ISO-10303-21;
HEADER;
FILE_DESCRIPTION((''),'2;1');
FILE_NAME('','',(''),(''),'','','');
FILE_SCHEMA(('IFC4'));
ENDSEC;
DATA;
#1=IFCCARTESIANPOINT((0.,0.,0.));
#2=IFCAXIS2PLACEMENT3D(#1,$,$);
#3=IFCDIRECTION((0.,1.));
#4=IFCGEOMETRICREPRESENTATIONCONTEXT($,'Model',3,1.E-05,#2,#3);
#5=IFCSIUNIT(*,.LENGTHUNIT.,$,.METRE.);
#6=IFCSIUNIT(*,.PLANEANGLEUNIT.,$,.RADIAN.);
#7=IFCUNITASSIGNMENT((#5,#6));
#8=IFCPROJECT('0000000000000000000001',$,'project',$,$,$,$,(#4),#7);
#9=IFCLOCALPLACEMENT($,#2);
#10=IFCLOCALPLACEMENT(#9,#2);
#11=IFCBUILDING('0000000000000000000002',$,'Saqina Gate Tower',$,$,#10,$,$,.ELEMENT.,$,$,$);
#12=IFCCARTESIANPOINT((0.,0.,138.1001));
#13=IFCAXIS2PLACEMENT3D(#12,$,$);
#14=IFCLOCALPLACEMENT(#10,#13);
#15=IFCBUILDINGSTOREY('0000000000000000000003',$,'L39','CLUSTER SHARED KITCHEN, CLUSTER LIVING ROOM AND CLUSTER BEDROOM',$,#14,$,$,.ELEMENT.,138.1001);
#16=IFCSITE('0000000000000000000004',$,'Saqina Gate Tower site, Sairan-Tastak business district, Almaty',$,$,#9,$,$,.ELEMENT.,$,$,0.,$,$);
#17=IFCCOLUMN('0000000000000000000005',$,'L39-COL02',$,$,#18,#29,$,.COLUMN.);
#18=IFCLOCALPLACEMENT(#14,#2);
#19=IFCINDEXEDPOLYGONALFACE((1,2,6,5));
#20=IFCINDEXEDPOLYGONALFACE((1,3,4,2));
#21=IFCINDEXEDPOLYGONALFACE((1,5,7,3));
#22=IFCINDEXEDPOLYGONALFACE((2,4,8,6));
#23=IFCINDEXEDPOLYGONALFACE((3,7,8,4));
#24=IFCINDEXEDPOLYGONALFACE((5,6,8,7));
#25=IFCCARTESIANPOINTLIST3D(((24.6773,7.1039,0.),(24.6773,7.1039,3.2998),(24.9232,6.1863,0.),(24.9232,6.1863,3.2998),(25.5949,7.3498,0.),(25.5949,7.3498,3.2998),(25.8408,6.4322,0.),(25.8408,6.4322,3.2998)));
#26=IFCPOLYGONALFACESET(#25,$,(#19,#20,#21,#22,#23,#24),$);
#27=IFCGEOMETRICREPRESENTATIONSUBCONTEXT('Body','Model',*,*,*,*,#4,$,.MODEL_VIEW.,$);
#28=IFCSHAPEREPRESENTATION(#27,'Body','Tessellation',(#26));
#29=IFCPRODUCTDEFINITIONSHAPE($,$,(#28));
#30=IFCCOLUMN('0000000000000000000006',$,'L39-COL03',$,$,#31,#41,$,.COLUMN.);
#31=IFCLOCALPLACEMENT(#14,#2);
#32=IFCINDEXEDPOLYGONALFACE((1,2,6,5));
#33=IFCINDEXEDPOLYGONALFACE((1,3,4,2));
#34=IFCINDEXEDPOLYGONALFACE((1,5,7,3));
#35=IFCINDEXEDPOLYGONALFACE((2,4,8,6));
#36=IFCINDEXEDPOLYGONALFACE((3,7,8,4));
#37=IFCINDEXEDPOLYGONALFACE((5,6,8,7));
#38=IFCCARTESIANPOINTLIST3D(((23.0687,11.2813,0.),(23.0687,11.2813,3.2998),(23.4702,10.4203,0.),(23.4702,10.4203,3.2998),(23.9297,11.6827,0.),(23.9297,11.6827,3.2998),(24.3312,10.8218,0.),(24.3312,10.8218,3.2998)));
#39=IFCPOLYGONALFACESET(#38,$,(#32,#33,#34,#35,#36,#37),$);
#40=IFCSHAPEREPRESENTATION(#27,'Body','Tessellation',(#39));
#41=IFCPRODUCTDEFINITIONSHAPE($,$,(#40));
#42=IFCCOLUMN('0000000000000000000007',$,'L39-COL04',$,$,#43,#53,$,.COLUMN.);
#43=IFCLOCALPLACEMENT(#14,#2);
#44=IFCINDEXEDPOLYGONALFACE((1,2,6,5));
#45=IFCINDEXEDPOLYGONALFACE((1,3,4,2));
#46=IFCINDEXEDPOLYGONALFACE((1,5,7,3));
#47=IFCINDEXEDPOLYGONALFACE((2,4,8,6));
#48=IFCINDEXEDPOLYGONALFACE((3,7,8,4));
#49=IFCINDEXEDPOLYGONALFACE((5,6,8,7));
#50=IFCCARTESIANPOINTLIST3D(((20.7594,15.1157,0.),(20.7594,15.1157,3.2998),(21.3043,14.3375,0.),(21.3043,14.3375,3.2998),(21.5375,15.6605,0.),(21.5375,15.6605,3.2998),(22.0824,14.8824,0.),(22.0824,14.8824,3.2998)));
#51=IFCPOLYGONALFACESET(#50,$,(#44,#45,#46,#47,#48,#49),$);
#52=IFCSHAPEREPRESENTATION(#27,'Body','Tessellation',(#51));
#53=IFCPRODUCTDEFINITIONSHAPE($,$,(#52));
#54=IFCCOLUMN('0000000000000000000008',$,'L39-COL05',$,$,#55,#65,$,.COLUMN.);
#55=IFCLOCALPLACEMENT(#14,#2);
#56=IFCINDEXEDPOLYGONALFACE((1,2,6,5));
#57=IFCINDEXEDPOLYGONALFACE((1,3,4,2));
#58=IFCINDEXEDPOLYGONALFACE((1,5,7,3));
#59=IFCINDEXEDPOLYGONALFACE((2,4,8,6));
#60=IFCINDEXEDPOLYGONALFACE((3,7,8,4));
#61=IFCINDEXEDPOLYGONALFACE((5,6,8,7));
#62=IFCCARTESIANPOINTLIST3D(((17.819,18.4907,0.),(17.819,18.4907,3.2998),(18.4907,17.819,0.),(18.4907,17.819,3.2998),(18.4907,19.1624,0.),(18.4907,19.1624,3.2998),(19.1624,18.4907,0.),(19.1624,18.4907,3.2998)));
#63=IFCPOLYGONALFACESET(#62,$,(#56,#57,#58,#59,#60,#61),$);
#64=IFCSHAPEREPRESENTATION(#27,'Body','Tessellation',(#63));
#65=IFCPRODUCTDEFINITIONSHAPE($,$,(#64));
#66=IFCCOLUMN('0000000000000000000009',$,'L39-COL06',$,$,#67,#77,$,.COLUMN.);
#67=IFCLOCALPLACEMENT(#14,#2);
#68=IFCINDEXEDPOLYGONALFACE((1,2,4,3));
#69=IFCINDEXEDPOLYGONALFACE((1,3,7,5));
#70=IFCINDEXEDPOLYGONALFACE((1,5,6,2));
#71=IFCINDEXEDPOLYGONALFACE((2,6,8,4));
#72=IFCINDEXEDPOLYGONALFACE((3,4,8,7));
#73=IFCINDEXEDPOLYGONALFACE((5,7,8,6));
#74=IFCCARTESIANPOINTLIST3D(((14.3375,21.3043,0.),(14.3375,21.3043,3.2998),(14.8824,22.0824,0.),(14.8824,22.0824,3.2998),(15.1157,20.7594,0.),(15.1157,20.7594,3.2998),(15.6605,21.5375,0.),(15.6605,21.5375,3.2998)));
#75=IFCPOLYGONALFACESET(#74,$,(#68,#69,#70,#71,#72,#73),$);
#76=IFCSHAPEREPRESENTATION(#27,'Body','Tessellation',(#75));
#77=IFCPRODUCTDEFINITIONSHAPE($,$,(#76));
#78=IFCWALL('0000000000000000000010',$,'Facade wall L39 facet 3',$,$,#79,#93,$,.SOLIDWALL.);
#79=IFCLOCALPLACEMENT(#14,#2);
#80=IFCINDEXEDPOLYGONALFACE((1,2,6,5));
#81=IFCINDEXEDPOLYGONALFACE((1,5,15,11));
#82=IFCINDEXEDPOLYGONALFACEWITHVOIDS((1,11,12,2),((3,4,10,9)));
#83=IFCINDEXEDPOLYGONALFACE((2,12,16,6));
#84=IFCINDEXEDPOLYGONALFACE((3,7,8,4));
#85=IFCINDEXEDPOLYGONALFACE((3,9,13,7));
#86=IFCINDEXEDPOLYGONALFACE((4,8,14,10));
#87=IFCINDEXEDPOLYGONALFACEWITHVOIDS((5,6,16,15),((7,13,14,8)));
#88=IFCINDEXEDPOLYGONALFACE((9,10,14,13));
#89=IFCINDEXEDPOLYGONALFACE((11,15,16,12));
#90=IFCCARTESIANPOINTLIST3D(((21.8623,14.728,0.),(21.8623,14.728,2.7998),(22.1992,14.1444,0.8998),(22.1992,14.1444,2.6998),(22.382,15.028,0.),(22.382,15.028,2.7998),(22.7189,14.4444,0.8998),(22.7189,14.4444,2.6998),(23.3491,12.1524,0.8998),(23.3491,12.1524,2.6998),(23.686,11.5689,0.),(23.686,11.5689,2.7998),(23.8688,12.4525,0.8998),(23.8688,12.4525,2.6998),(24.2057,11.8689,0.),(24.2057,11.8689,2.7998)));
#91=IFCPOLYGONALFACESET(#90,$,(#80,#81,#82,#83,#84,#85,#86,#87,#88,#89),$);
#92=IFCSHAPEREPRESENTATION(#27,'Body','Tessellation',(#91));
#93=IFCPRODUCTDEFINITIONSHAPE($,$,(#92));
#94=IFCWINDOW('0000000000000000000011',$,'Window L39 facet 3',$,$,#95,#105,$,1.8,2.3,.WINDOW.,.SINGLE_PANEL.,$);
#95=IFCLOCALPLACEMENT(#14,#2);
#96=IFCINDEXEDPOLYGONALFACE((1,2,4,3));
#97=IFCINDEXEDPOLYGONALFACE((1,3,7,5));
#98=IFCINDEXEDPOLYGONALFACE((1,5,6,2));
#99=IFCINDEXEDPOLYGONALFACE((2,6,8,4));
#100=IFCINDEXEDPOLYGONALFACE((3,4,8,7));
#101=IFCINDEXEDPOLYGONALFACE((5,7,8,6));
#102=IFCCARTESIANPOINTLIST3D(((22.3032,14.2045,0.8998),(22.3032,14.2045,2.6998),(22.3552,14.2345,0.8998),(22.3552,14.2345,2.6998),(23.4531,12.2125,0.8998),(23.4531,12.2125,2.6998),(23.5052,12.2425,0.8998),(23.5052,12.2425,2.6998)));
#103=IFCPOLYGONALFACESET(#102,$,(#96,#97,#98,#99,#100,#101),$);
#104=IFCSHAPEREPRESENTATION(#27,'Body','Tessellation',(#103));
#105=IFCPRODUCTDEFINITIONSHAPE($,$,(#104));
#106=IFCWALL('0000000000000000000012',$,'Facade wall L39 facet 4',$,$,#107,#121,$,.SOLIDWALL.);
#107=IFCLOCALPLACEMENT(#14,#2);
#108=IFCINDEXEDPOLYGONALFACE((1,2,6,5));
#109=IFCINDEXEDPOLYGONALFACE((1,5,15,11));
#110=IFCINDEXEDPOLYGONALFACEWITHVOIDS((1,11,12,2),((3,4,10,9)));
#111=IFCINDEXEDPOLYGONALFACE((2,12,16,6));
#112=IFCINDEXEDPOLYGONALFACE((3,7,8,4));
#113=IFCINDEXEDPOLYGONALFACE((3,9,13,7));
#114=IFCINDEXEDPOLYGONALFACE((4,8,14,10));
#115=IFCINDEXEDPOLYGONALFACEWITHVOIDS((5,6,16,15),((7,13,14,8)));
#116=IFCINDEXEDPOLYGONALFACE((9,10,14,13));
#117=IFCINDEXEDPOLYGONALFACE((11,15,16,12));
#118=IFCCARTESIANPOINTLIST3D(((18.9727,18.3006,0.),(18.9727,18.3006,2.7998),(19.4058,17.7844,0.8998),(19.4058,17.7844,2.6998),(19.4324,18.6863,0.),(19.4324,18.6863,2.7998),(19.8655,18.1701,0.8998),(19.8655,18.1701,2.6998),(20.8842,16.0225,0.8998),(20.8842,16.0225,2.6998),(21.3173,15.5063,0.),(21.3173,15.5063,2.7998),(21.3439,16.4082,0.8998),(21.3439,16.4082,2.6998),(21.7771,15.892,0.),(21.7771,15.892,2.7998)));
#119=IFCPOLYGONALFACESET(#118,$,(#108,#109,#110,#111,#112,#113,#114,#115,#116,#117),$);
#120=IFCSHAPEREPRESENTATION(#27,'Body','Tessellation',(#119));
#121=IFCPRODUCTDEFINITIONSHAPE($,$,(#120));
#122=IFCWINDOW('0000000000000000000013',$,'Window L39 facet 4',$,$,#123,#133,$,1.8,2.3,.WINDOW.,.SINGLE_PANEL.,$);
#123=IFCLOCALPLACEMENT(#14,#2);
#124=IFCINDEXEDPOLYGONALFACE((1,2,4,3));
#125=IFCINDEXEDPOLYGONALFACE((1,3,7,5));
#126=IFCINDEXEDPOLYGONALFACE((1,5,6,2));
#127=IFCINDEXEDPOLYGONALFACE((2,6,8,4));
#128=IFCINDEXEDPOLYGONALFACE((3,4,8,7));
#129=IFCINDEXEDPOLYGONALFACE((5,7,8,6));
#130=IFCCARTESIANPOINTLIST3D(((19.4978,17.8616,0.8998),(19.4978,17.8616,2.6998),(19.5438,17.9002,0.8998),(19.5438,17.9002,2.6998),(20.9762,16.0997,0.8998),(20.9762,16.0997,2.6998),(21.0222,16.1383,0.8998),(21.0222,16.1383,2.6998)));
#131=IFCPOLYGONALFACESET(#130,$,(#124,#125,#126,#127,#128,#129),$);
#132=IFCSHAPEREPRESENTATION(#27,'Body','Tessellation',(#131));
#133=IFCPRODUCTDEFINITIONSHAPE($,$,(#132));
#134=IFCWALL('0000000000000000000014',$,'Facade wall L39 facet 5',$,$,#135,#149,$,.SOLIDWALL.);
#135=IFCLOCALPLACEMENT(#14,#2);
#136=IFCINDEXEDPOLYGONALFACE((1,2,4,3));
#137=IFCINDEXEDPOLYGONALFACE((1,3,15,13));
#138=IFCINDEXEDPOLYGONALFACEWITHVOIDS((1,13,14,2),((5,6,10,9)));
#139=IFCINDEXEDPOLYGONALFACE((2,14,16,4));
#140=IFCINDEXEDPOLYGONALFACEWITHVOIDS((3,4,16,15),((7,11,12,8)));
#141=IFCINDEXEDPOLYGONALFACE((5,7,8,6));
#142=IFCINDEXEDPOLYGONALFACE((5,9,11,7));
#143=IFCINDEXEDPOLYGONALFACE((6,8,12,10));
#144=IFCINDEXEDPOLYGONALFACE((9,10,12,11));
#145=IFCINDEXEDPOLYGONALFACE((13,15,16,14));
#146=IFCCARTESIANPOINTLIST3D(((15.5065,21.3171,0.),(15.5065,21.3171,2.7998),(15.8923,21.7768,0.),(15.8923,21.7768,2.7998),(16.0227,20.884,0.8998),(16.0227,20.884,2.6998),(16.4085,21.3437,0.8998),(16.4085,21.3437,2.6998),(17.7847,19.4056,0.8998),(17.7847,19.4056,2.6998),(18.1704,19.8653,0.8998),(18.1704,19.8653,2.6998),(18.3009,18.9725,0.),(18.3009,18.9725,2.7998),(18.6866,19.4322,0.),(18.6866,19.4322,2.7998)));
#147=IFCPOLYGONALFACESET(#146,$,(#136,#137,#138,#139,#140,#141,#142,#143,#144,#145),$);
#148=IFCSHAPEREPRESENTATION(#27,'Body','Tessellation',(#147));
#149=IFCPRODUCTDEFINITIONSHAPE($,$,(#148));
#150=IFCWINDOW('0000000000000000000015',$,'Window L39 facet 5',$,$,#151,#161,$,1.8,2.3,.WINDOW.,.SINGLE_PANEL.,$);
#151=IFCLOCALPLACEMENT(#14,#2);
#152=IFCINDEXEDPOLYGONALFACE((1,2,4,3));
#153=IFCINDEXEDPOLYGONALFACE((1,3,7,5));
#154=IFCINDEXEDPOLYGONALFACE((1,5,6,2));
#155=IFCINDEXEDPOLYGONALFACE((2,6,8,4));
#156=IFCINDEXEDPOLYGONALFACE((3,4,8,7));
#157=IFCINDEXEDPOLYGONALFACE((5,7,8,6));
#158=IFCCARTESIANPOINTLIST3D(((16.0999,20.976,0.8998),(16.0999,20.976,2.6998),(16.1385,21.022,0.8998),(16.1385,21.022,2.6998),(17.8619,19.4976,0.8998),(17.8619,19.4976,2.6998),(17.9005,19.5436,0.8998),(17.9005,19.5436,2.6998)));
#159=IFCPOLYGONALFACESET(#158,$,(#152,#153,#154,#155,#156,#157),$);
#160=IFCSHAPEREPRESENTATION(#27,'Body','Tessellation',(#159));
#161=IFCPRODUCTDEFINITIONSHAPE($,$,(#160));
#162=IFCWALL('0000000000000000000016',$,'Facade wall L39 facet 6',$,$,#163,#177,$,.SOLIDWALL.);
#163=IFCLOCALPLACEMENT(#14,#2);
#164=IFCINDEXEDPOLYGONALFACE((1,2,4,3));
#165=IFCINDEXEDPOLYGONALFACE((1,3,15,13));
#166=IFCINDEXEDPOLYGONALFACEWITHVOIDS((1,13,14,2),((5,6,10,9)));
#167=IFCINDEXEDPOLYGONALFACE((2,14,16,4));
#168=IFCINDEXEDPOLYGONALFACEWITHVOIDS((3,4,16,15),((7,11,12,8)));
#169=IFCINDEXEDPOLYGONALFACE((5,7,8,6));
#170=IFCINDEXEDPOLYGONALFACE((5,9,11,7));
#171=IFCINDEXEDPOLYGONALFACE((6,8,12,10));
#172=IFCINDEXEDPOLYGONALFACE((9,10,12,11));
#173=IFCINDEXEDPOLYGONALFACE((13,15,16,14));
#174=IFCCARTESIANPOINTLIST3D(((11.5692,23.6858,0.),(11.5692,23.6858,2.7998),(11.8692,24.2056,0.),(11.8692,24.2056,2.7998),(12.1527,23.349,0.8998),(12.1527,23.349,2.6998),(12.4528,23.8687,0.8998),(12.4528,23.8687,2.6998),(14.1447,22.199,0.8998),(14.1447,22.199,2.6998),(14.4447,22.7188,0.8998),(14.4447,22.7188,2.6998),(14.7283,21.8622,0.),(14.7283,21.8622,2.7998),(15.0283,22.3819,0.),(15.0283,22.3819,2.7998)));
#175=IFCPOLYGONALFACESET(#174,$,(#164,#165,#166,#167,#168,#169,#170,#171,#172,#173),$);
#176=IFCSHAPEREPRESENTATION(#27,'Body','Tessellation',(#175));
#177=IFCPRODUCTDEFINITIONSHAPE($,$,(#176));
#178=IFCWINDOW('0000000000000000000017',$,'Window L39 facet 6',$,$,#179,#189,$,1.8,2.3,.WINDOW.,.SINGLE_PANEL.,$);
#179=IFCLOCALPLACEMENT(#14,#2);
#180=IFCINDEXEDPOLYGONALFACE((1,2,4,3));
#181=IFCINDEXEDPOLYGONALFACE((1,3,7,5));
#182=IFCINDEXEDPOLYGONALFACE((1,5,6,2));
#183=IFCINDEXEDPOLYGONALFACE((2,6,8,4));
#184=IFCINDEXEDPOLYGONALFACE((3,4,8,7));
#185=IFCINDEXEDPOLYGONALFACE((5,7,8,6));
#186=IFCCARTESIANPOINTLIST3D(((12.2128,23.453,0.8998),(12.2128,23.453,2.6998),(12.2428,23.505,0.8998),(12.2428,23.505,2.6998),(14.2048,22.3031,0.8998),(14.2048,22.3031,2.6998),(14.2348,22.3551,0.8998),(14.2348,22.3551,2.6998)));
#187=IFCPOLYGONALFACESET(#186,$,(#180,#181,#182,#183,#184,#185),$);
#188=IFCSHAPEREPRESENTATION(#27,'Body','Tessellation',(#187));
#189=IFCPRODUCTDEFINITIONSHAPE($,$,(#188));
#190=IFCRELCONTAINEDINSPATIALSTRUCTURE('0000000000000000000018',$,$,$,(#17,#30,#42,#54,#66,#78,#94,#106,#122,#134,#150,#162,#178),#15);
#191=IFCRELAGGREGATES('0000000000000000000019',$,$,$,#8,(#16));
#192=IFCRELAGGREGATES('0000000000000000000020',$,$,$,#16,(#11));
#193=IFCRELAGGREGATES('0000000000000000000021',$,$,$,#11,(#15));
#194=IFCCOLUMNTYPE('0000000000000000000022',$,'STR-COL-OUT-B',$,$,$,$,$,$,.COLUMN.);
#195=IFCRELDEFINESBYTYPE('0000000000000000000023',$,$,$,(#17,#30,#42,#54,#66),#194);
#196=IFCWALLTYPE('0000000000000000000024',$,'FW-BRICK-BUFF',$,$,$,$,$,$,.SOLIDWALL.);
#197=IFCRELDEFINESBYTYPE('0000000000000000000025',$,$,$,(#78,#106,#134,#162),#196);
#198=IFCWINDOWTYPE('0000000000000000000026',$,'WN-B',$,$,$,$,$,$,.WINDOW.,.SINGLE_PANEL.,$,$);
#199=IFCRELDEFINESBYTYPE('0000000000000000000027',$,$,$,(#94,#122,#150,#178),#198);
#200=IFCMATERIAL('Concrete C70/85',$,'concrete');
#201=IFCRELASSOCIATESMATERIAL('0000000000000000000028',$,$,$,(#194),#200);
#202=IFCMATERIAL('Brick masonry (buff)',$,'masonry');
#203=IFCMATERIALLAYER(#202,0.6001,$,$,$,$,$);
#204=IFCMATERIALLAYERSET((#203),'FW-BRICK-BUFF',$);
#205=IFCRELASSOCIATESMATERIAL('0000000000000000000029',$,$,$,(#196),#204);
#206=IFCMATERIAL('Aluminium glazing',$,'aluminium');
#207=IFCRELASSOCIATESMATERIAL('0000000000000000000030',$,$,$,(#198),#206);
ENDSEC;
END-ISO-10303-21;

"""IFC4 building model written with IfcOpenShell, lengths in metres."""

from ifc_helpers import new_model, si_unit, direction, frame, frame_2d, origin, origin_2d, place, context, subcontext, project, spatial, rectangle, extrude, material, layer, layer_set, material_profile, profile_set, type_object, element, fill, save


model = new_model("IFC4")

# Units and contexts
model_context = context("Model", 3, precision=1e-05, world=origin(), true_north=direction((0.0, 1.0)))
body_context = subcontext(model_context, "Body", "Model", "MODEL_VIEW")
ifc_project = project(units=[si_unit("LENGTHUNIT", "METRE"), si_unit("PLANEANGLEUNIT", "RADIAN")], contexts=[model_context])

# Site, building, storey
site_placement = place(None, origin())
site = spatial("IfcSite", under=ifc_project, at=site_placement, Name="Saqina Gate Tower site, Sairan-Tastak business district, Almaty", CompositionType="ELEMENT", RefElevation=0.0)
building_placement = place(site_placement, origin())
building = spatial("IfcBuilding", under=site, at=building_placement, Name="Saqina Gate Tower", CompositionType="ELEMENT")
storey_placement = place(building_placement, frame((0.0, 0.0, 138.1001)))
storey = spatial("IfcBuildingStorey", under=building, at=storey_placement, Name="L39", Description="CLUSTER SHARED KITCHEN, CLUSTER LIVING ROOM AND CLUSTER BEDROOM", CompositionType="ELEMENT", Elevation=138.1001)

# Columns
ifc_material_1 = material(Name="Concrete C70/85", Category="concrete")
ifc_material_profile = material_profile(ifc_material_1, rectangle(XDim=0.95, YDim=0.95, at=origin_2d()), Name="RC 950x950")
ifc_profile_set = profile_set([ifc_material_profile], Name="Concrete C70/85")
column_type = type_object("IfcColumnType", Name="STR-COL-OUT-B", PredefinedType="COLUMN", material=ifc_profile_set)
for number, where, z_axis, x_axis, name in (
    (1, (25.259, 6.7681, 0.0), (0.0, 0.0, 1.0), (0.965926, 0.258819, 0.0), "L39-COL02"),
    (2, (23.7, 11.0515, 0.0), (0.0, 0.0, 1.0), (0.906308, 0.422618, 0.0), "L39-COL03"),
    (3, (21.4209, 14.999, 0.0), (0.0, 0.0, 1.0), (0.819152, 0.573576, 0.0), "L39-COL04"),
    (4, (18.4907, 18.4907, 0.0), (0.0, 0.0, 1.0), (0.707107, 0.707107, 0.0), "L39-COL05"),
    (5, (14.999, 21.4209, 0.0), (0.0, 0.0, 1.0), (0.573576, 0.819152, 0.0), "L39-COL06"),
):
    element("IfcColumn", number, at=place(storey_placement, frame(where, z_axis=z_axis, x_axis=x_axis)), inside=storey, type_object=column_type, Name=name, PredefinedType="COLUMN", context=body_context, shape_type="SweptSolid", body=[
        extrude(rectangle(XDim=0.95, YDim=0.95, at=origin_2d()), origin(), (0.0, 0.0, 1.0), 3.2998),
    ])

# Walls, openings, windows
ifc_material_2 = material(Name="Brick masonry (buff)", Category="masonry")
ifc_layer_1 = layer(ifc_material_2, 0.6001)
ifc_layer_set_1 = layer_set([ifc_layer_1], Name="FW-BRICK-BUFF")
wall_type_1 = type_object("IfcWallType", Name="FW-BRICK-BUFF", PredefinedType="SOLIDWALL", material=ifc_layer_set_1)
wall_1_placement = place(storey_placement, frame((23.9458, 11.719, 0.0), z_axis=(0.0, 0.0, 1.0), x_axis=(-0.499954, 0.866052, 0.0)))
wall_1 = element("IfcWall", 6, at=wall_1_placement, inside=storey, type_object=wall_type_1, Name="Facade wall L39 facet 3", PredefinedType="SOLIDWALL", context=body_context, shape_type="SweptSolid", body=[
    extrude(rectangle(XDim=3.6477, YDim=0.6001, at=frame_2d((1.8237, 0.0))), origin(), (0.0, 0.0, 1.0), 2.7998),
])
opening_1_placement = place(wall_1_placement, frame((0.6738, 0.0, 0.8999)))
opening_1 = element("IfcOpeningElement", 7, at=opening_1_placement, cuts=wall_1, PredefinedType="OPENING", context=body_context, shape_type="SweptSolid", body=[
    extrude(rectangle(XDim=2.3, YDim=1.8, at=frame_2d((1.1499, 0.8999))), frame((0.0, 0.312, 0.0), z_axis=(0.0, -1.0, 0.0), x_axis=(1.0, 0.0, 0.0)), (0.0, 0.0, 1.0), 0.624),
])
ifc_material_3 = material(Name="Aluminium glazing", Category="aluminium")
window_type = type_object("IfcWindowType", Name="WN-B", PartitioningType="SINGLE_PANEL", PredefinedType="WINDOW", material=ifc_material_3)
window_1_placement = place(opening_1_placement, origin())
window_1 = element("IfcWindow", 8, at=window_1_placement, inside=storey, type_object=window_type, Name="Window L39 facet 3", OverallHeight=1.8, OverallWidth=2.3, PartitioningType="SINGLE_PANEL", PredefinedType="WINDOW", context=body_context, shape_type="SweptSolid", body=[
    extrude(rectangle(XDim=2.3, YDim=1.8, at=frame_2d((1.1499, 0.8999))), frame((0.0, 0.1799, 0.0), z_axis=(0.0, -1.0, 0.0), x_axis=(1.0, 0.0, 0.0)), (0.0, 0.0, 1.0), 0.0601),
])
fill(opening_1, window_1)
wall_2_placement = place(storey_placement, frame((21.5471, 15.6992, 0.0), z_axis=(0.0, 0.0, 1.0), x_axis=(-0.642774, 0.766055, 0.0)))
wall_2 = element("IfcWall", 9, at=wall_2_placement, inside=storey, type_object=wall_type_1, Name="Facade wall L39 facet 4", PredefinedType="SOLIDWALL", context=body_context, shape_type="SweptSolid", body=[
    extrude(rectangle(XDim=3.6477, YDim=0.6001, at=frame_2d((1.8237, 0.0))), origin(), (0.0, 0.0, 1.0), 2.7998),
])
opening_2_placement = place(wall_2_placement, frame((0.6738, 0.0, 0.8999)))
opening_2 = element("IfcOpeningElement", 10, at=opening_2_placement, cuts=wall_2, PredefinedType="OPENING", context=body_context, shape_type="SweptSolid", body=[
    extrude(rectangle(XDim=2.3, YDim=1.8, at=frame_2d((1.1499, 0.8999))), frame((0.0, 0.312, 0.0), z_axis=(0.0, -1.0, 0.0), x_axis=(1.0, 0.0, 0.0)), (0.0, 0.0, 1.0), 0.624),
])
window_2_placement = place(opening_2_placement, origin())
window_2 = element("IfcWindow", 11, at=window_2_placement, inside=storey, type_object=window_type, Name="Window L39 facet 4", OverallHeight=1.8, OverallWidth=2.3, PartitioningType="SINGLE_PANEL", PredefinedType="WINDOW", context=body_context, shape_type="SweptSolid", body=[
    extrude(rectangle(XDim=2.3, YDim=1.8, at=frame_2d((1.1499, 0.8999))), frame((0.0, 0.1799, 0.0), z_axis=(0.0, -1.0, 0.0), x_axis=(1.0, 0.0, 0.0)), (0.0, 0.0, 1.0), 0.0601),
])
fill(opening_2, window_2)
wall_3_placement = place(storey_placement, frame((18.4937, 19.2024, 0.0), z_axis=(0.0, 0.0, 1.0), x_axis=(-0.766055, 0.642774, 0.0)))
wall_3 = element("IfcWall", 12, at=wall_3_placement, inside=storey, type_object=wall_type_1, Name="Facade wall L39 facet 5", PredefinedType="SOLIDWALL", context=body_context, shape_type="SweptSolid", body=[
    extrude(rectangle(XDim=3.6477, YDim=0.6001, at=frame_2d((1.8237, 0.0))), origin(), (0.0, 0.0, 1.0), 2.7998),
])
opening_3_placement = place(wall_3_placement, frame((0.6738, 0.0, 0.8999)))
opening_3 = element("IfcOpeningElement", 13, at=opening_3_placement, cuts=wall_3, PredefinedType="OPENING", context=body_context, shape_type="SweptSolid", body=[
    extrude(rectangle(XDim=2.3, YDim=1.8, at=frame_2d((1.1499, 0.8999))), frame((0.0, 0.312, 0.0), z_axis=(0.0, -1.0, 0.0), x_axis=(1.0, 0.0, 0.0)), (0.0, 0.0, 1.0), 0.624),
])
window_3_placement = place(opening_3_placement, origin())
window_3 = element("IfcWindow", 14, at=window_3_placement, inside=storey, type_object=window_type, Name="Window L39 facet 5", OverallHeight=1.8, OverallWidth=2.3, PartitioningType="SINGLE_PANEL", PredefinedType="WINDOW", context=body_context, shape_type="SweptSolid", body=[
    extrude(rectangle(XDim=2.3, YDim=1.8, at=frame_2d((1.1499, 0.8999))), frame((0.0, 0.1799, 0.0), z_axis=(0.0, -1.0, 0.0), x_axis=(1.0, 0.0, 0.0)), (0.0, 0.0, 1.0), 0.0601),
])
fill(opening_3, window_3)
wall_4_placement = place(storey_placement, frame((14.8782, 22.1221, 0.0), z_axis=(0.0, 0.0, 1.0), x_axis=(-0.866052, 0.499954, 0.0)))
wall_4 = element("IfcWall", 15, at=wall_4_placement, inside=storey, type_object=wall_type_1, Name="Facade wall L39 facet 6", PredefinedType="SOLIDWALL", context=body_context, shape_type="SweptSolid", body=[
    extrude(rectangle(XDim=3.6477, YDim=0.6001, at=frame_2d((1.8237, 0.0))), origin(), (0.0, 0.0, 1.0), 2.7998),
])
opening_4_placement = place(wall_4_placement, frame((0.6738, 0.0, 0.8999)))
opening_4 = element("IfcOpeningElement", 16, at=opening_4_placement, cuts=wall_4, PredefinedType="OPENING", context=body_context, shape_type="SweptSolid", body=[
    extrude(rectangle(XDim=2.3, YDim=1.8, at=frame_2d((1.1499, 0.8999))), frame((0.0, 0.312, 0.0), z_axis=(0.0, -1.0, 0.0), x_axis=(1.0, 0.0, 0.0)), (0.0, 0.0, 1.0), 0.624),
])
window_4_placement = place(opening_4_placement, origin())
window_4 = element("IfcWindow", 17, at=window_4_placement, inside=storey, type_object=window_type, Name="Window L39 facet 6", OverallHeight=1.8, OverallWidth=2.3, PartitioningType="SINGLE_PANEL", PredefinedType="WINDOW", context=body_context, shape_type="SweptSolid", body=[
    extrude(rectangle(XDim=2.3, YDim=1.8, at=frame_2d((1.1499, 0.8999))), frame((0.0, 0.1799, 0.0), z_axis=(0.0, -1.0, 0.0), x_axis=(1.0, 0.0, 0.0)), (0.0, 0.0, 1.0), 0.0601),
])
fill(opening_4, window_4)

save(model, "model.ifc")
